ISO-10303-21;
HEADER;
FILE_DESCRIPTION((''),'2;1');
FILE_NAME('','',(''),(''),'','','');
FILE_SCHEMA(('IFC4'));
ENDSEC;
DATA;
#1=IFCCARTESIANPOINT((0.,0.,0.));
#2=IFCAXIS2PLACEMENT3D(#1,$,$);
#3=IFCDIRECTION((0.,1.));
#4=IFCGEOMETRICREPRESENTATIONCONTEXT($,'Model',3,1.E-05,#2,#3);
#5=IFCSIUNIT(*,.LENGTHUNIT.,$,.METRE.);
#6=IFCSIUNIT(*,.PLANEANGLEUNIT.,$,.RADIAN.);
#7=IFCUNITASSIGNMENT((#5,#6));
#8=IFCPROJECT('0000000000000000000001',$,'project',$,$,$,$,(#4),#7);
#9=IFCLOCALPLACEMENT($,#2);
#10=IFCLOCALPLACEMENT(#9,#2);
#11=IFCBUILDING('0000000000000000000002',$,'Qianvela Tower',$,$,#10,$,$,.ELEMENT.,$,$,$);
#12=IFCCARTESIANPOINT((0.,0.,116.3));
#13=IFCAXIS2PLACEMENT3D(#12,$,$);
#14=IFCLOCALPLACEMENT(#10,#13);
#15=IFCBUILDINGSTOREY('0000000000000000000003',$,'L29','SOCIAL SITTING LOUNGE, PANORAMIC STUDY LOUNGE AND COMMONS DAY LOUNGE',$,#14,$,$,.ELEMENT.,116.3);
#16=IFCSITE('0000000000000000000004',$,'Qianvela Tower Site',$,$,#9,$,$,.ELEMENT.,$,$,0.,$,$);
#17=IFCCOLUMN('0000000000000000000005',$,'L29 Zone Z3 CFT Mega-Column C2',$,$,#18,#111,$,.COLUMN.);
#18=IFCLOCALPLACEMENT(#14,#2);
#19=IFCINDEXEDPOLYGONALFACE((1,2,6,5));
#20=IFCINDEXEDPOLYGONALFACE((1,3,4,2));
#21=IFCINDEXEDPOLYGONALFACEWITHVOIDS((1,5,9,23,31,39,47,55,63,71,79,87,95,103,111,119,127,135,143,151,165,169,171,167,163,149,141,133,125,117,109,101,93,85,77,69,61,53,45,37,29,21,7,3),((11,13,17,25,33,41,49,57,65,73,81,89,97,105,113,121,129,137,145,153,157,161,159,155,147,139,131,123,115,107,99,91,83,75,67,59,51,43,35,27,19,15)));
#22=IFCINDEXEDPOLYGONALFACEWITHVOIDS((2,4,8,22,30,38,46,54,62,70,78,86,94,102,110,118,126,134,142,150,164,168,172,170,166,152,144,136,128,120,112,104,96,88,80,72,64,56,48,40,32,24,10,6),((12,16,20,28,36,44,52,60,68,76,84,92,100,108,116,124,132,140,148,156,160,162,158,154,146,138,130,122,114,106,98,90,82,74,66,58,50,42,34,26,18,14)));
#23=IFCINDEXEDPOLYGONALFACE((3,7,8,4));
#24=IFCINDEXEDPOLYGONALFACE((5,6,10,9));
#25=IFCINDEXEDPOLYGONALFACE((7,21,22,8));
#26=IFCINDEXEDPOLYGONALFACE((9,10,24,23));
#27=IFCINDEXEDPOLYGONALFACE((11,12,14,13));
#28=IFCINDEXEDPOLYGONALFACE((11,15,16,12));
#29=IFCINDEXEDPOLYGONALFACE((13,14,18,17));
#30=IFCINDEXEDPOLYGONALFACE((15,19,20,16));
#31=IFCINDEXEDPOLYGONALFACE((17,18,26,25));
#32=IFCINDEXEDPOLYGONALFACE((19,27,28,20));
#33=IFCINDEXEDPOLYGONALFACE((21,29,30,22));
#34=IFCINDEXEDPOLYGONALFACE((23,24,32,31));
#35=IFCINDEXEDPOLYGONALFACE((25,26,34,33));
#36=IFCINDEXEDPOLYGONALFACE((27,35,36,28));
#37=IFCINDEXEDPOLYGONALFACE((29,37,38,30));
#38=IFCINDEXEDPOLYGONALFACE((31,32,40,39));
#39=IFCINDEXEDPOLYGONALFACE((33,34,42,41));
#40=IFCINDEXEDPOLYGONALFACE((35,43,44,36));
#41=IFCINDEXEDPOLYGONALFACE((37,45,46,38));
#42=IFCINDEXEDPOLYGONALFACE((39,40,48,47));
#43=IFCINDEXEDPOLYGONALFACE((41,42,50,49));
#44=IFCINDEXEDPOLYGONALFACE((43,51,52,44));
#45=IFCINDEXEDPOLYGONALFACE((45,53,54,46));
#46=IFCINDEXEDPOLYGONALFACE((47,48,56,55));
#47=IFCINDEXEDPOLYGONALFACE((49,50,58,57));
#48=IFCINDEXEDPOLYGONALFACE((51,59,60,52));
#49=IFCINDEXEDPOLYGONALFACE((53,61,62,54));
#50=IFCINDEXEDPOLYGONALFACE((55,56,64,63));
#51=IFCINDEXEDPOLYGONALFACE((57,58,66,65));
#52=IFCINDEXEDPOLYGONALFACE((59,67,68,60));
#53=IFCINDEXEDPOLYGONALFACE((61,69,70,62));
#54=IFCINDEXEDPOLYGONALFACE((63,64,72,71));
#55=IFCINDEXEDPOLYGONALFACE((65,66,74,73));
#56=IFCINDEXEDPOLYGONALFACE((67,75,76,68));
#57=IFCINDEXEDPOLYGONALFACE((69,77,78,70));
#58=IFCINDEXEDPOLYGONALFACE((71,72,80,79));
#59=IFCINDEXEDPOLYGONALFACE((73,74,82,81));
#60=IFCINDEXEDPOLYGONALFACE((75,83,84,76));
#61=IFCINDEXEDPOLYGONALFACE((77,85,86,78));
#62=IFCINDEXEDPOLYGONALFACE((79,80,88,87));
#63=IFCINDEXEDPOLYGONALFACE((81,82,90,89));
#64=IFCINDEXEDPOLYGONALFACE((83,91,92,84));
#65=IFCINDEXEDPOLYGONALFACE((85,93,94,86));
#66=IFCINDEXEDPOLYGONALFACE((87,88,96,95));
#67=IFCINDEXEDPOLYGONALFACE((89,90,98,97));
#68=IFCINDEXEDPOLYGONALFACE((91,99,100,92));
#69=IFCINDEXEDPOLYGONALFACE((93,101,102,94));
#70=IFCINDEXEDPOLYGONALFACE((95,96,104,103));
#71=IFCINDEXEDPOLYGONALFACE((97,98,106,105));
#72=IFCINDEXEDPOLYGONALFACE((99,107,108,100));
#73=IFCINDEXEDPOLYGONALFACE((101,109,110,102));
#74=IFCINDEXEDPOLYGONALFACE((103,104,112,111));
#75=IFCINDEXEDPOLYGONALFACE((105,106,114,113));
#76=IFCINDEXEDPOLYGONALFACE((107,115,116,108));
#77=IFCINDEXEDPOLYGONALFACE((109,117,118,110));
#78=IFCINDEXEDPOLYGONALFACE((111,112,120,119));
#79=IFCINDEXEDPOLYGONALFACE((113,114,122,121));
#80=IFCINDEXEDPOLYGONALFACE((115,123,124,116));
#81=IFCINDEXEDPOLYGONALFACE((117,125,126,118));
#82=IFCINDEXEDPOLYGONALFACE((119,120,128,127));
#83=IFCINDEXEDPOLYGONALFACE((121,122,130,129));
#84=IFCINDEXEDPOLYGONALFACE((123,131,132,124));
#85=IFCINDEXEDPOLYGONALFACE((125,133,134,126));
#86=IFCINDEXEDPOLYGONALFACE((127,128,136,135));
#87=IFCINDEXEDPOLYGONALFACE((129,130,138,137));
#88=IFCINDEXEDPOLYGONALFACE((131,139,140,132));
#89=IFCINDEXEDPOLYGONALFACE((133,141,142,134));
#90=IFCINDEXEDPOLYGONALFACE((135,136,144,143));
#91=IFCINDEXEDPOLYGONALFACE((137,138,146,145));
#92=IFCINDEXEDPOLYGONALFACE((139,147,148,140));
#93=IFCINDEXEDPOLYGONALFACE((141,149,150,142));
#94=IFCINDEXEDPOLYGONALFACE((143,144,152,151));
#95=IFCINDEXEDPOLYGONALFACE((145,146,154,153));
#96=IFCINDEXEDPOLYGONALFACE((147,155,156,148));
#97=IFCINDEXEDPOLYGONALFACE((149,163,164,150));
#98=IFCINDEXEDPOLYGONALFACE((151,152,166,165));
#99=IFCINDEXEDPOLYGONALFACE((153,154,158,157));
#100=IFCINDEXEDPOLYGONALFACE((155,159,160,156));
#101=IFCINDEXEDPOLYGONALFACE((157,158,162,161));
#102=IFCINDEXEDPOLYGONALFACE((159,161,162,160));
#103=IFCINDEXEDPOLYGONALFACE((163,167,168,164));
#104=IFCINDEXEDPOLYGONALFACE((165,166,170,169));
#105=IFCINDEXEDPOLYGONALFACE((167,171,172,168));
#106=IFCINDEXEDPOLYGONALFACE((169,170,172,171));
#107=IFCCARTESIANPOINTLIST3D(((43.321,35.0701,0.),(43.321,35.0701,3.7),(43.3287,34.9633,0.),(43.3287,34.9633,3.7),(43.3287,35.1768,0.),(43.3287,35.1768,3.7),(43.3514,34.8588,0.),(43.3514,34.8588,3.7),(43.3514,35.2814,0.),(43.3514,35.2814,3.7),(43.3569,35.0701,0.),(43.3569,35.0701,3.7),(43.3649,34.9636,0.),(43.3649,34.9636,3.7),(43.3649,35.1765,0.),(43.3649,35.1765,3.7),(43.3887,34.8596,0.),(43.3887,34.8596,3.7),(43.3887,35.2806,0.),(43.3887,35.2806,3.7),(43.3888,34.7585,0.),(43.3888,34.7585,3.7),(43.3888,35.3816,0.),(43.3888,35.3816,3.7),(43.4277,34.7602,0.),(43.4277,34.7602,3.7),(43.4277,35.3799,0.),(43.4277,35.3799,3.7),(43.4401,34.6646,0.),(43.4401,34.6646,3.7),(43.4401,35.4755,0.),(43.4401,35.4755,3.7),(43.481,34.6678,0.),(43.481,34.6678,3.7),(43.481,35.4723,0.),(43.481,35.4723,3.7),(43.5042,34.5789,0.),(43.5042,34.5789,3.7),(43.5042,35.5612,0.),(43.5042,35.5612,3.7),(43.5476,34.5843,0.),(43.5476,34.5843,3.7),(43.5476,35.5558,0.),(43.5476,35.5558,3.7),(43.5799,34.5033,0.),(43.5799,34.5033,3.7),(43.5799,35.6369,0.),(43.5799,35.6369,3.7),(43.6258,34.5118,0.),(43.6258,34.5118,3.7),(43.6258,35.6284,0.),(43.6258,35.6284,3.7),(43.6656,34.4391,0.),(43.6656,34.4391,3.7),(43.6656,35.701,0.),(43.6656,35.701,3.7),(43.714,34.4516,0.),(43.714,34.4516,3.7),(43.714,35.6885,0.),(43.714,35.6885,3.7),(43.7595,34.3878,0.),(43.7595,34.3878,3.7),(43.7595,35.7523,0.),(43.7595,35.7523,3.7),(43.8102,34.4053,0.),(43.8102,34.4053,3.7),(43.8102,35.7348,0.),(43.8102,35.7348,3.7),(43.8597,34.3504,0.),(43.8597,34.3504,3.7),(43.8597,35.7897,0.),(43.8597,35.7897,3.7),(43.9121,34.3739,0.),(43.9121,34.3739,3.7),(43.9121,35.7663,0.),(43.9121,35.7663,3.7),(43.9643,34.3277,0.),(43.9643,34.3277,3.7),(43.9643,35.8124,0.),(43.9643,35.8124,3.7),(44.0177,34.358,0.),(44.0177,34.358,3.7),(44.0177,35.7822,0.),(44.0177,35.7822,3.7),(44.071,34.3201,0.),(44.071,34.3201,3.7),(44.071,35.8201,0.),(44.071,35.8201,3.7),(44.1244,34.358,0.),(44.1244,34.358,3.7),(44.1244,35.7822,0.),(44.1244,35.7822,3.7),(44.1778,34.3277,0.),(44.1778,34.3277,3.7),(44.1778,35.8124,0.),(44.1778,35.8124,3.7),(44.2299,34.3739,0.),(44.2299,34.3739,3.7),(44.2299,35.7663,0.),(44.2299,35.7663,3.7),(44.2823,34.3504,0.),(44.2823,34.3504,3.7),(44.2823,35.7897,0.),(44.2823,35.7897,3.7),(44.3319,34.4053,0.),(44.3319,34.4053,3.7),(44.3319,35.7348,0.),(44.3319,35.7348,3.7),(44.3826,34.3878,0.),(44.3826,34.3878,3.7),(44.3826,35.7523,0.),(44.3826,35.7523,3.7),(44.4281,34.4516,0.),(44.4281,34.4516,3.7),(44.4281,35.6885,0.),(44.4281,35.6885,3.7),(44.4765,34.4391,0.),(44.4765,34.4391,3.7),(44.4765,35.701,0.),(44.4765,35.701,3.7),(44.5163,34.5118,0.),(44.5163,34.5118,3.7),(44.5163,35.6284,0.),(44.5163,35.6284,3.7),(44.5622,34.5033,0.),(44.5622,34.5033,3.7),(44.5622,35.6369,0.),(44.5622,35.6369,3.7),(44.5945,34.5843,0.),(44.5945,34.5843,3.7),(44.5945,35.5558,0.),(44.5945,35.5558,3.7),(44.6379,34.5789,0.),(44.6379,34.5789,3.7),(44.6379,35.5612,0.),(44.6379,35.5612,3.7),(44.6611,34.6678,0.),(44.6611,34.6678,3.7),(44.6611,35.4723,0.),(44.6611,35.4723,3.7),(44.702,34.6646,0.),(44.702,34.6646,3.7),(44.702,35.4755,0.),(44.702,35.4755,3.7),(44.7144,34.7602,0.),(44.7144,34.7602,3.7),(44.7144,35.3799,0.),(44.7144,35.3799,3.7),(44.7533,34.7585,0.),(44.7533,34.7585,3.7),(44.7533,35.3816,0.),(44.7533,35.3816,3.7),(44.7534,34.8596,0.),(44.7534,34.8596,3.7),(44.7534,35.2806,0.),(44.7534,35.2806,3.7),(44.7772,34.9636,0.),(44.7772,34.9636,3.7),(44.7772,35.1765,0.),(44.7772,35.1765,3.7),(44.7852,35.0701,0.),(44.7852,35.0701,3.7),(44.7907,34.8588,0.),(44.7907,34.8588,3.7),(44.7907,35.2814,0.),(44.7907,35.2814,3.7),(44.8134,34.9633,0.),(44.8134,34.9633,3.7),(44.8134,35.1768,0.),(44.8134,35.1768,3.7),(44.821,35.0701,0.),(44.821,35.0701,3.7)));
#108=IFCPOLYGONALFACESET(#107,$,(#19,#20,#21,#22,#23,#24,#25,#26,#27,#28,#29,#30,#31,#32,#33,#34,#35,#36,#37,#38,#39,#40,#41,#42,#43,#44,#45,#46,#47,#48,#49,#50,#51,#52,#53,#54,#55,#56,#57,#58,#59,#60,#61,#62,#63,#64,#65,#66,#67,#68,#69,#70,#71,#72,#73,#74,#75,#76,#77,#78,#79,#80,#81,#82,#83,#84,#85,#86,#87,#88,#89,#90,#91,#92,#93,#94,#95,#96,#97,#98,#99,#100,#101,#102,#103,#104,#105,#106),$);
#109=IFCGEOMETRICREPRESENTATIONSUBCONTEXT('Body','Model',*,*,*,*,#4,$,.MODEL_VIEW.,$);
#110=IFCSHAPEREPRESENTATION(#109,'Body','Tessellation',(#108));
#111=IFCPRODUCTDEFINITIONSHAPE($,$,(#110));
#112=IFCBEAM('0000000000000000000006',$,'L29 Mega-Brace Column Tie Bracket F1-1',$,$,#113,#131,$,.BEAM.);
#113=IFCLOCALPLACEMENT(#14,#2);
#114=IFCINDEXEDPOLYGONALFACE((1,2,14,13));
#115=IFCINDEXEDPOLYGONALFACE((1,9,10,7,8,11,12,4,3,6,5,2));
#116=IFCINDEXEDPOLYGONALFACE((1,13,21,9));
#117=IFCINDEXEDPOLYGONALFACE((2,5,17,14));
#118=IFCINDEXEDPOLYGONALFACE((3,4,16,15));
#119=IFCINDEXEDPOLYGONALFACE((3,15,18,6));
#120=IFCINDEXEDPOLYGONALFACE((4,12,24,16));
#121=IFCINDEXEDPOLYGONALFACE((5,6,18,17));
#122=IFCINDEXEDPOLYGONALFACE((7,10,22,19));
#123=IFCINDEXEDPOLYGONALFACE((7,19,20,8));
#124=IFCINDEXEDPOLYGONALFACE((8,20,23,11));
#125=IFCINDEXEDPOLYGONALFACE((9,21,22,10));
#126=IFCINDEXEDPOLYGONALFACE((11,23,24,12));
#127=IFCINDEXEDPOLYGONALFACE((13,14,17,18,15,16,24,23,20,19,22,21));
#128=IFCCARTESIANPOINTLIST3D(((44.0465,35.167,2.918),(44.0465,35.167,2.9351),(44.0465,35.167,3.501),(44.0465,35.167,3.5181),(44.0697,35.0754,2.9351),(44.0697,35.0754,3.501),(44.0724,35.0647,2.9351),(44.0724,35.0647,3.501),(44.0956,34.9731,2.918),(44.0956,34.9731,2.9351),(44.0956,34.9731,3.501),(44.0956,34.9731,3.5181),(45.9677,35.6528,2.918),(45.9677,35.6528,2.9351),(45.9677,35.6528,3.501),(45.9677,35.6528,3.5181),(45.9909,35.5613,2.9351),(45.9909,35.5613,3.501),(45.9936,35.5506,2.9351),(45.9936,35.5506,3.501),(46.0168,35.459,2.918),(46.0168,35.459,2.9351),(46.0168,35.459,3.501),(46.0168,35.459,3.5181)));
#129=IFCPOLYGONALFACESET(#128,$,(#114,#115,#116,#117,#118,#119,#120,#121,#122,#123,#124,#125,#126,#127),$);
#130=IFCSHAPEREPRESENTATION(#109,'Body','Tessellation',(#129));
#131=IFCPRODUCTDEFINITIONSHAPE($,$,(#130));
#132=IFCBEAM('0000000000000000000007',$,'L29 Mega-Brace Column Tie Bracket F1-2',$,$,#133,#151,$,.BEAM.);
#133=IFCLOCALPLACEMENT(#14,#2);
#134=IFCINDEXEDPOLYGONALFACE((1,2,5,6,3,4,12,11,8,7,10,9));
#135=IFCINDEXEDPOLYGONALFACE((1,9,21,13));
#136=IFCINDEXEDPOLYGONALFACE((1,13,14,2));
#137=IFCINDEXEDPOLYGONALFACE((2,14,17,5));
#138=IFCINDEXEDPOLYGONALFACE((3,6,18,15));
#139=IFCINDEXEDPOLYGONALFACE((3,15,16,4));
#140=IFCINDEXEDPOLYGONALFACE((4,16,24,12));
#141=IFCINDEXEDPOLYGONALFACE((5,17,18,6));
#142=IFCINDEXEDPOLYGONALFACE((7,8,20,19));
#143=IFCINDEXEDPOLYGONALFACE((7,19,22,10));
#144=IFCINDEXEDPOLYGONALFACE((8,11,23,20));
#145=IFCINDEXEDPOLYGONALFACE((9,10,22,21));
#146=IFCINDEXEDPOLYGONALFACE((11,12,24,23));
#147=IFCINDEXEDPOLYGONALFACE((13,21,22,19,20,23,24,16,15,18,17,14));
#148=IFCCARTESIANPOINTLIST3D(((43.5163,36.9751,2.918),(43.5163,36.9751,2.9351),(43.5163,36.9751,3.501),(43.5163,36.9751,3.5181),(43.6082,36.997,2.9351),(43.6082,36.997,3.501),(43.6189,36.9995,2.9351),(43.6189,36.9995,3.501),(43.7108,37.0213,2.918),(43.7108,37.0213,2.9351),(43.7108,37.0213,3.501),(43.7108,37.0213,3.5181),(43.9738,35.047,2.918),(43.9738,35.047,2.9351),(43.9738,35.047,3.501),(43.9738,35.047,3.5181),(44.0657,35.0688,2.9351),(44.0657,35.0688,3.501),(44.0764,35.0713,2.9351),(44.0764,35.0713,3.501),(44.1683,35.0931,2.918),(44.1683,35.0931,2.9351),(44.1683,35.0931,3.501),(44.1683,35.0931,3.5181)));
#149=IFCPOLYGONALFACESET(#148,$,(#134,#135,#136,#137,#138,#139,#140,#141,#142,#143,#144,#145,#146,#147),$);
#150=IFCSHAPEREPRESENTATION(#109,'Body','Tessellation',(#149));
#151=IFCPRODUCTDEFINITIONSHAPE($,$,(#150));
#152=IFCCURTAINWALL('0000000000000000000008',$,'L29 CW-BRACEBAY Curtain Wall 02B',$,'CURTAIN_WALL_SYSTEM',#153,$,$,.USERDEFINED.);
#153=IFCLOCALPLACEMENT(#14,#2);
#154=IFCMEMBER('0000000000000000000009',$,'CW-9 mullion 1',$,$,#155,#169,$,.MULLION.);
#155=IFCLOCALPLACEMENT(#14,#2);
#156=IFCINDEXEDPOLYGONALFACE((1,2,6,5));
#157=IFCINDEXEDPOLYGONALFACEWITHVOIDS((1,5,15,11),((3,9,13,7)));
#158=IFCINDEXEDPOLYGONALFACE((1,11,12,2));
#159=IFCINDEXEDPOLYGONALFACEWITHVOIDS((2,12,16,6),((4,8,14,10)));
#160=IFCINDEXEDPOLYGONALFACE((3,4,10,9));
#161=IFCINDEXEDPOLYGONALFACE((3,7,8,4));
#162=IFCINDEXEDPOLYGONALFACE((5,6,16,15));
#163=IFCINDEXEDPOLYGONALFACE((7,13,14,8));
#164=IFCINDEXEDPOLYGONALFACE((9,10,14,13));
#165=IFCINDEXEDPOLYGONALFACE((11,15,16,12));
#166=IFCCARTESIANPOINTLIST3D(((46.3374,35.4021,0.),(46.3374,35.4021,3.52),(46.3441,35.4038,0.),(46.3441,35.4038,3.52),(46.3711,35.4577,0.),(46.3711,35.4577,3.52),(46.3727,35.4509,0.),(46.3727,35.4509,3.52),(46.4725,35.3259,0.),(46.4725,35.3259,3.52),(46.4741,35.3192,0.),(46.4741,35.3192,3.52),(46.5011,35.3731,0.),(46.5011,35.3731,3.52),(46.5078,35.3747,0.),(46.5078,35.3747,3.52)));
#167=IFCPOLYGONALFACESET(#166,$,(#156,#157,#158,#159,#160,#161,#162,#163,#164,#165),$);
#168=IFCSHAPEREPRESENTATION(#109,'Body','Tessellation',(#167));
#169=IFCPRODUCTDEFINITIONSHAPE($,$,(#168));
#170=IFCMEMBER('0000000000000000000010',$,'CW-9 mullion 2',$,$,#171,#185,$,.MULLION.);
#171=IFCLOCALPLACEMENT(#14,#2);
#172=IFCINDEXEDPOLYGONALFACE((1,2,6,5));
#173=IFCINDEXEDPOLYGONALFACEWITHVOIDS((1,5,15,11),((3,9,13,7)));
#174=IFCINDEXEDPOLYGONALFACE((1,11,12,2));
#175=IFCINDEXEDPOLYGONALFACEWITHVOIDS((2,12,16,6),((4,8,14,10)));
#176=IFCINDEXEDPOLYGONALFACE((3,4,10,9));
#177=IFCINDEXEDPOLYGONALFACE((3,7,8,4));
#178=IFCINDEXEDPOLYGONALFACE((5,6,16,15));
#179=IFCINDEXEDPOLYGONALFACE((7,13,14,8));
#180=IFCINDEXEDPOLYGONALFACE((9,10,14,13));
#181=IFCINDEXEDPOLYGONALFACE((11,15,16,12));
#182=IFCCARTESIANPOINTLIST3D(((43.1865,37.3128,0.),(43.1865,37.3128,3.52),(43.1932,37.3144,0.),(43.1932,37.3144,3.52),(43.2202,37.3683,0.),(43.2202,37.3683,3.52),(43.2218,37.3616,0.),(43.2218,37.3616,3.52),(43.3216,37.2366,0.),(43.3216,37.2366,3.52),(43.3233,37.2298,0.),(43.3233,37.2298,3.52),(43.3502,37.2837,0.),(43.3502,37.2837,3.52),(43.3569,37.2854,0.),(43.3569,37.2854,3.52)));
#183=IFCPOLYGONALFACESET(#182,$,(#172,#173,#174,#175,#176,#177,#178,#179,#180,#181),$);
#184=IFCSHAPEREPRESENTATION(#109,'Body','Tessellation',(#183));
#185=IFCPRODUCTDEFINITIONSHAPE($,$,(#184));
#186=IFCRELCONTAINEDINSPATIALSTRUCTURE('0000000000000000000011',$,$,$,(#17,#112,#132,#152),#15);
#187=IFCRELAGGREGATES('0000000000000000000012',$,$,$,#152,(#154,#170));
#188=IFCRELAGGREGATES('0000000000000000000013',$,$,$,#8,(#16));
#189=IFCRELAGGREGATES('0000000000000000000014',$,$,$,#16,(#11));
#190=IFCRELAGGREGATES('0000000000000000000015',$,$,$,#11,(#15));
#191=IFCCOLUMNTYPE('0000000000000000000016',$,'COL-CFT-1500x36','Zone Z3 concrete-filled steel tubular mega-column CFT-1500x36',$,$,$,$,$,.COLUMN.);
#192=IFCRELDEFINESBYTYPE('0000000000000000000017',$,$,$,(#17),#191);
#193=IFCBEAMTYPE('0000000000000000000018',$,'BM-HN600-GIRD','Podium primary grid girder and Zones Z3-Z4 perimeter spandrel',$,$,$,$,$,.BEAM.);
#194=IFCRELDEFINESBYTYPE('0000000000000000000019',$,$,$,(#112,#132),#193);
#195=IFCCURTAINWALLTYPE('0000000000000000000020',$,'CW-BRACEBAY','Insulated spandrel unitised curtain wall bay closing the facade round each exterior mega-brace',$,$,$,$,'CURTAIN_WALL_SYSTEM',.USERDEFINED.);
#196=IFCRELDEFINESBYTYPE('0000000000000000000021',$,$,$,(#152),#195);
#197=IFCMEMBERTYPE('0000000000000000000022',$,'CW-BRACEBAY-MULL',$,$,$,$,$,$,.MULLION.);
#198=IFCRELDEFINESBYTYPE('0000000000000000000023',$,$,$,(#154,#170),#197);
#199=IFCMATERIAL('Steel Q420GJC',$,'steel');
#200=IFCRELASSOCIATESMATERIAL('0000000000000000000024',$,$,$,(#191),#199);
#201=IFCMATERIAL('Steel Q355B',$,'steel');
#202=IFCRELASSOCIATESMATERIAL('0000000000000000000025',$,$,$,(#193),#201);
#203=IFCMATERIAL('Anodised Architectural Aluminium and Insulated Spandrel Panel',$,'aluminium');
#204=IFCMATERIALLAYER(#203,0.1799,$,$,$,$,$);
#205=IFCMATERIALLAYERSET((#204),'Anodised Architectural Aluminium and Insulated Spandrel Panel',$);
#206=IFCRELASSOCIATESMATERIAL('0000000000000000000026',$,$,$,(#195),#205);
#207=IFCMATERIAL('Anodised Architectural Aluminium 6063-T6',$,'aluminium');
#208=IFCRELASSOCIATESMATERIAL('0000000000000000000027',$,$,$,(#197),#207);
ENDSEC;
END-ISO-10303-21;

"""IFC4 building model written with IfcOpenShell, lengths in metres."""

from ifc_helpers import new_model, si_unit, direction, frame, origin, origin_2d, place, context, subcontext, project, spatial, hollow_rectangle, hollow_circle, i_section, extrude, material, layer, layer_set, material_profile, profile_set, type_object, element, aggregate, save


model = new_model("IFC4")

# Units and contexts
model_context = context("Model", 3, precision=1e-05, world=origin(), true_north=direction((0.0, 1.0)))
body_context = subcontext(model_context, "Body", "Model", "MODEL_VIEW")
ifc_project = project(units=[si_unit("LENGTHUNIT", "METRE"), si_unit("PLANEANGLEUNIT", "RADIAN")], contexts=[model_context])

# Site, building, storey
site_placement = place(None, origin())
site = spatial("IfcSite", under=ifc_project, at=site_placement, Name="Qianvela Tower Site", CompositionType="ELEMENT", RefElevation=0.0)
building_placement = place(site_placement, origin())
building = spatial("IfcBuilding", under=site, at=building_placement, Name="Qianvela Tower", CompositionType="ELEMENT")
storey_placement = place(building_placement, frame((0.0, 0.0, 116.3)))
storey = spatial("IfcBuildingStorey", under=building, at=storey_placement, Name="L29", Description="SOCIAL SITTING LOUNGE, PANORAMIC STUDY LOUNGE AND COMMONS DAY LOUNGE", CompositionType="ELEMENT", Elevation=116.3)

# Column
ifc_material_1 = material(Name="Steel Q420GJC", Category="steel")
ifc_material_profile_1 = material_profile(ifc_material_1, hollow_circle(Radius=0.75, WallThickness=0.0359, at=origin_2d()), Name="CFT-1500x36")
ifc_profile_set_1 = profile_set([ifc_material_profile_1], Name="Steel Q420GJC")
column_type = type_object("IfcColumnType", Name="COL-CFT-1500x36", Description="Zone Z3 concrete-filled steel tubular mega-column CFT-1500x36", PredefinedType="COLUMN", material=ifc_profile_set_1)
column_placement = place(storey_placement, frame((44.071, 35.0701, 0.0), z_axis=(0.0, 0.0, 1.0), x_axis=(1.0, 0.0, 0.0)))
element("IfcColumn", 1, at=column_placement, inside=storey, type_object=column_type, Name="L29 Zone Z3 CFT Mega-Column C2", PredefinedType="COLUMN", context=body_context, shape_type="SweptSolid", body=[
    extrude(hollow_circle(Radius=0.75, WallThickness=0.0359, at=origin_2d()), origin(), (0.0, 0.0, 1.0), 3.7),
])

# Beams
ifc_material_2 = material(Name="Steel Q355B", Category="steel")
ifc_material_profile_2 = material_profile(ifc_material_2, i_section(OverallWidth=0.2, OverallDepth=0.6001, WebThickness=0.011, FlangeThickness=0.0171, at=origin_2d()), Name="HN600x200x11x17")
ifc_profile_set_2 = profile_set([ifc_material_profile_2], Name="Steel Q355B")
beam_type = type_object("IfcBeamType", Name="BM-HN600-GIRD", Description="Podium primary grid girder and Zones Z3-Z4 perimeter spandrel", PredefinedType="BEAM", material=ifc_profile_set_2)
for number, where, z_axis, x_axis, name in (
    (2, (44.071, 35.0701, 3.218), (0.969479, 0.245173, 0.0), (-0.245173, 0.969479, 0.0), "L29 Mega-Brace Column Tie Bracket F1-1"),
    (3, (44.071, 35.0701, 3.218), (-0.230865, 0.972986, 0.0), (-0.972986, -0.230865, 0.0), "L29 Mega-Brace Column Tie Bracket F1-2"),
):
    element("IfcBeam", number, at=place(storey_placement, frame(where, z_axis=z_axis, x_axis=x_axis)), inside=storey, type_object=beam_type, Name=name, PredefinedType="BEAM", context=body_context, shape_type="SweptSolid", body=[
        extrude(i_section(OverallWidth=0.2, OverallDepth=0.6001, WebThickness=0.011, FlangeThickness=0.0171, at=origin_2d()), origin(), (0.0, 0.0, 1.0), 1.9817),
    ])

# Curtain wall, members
ifc_material_3 = material(Name="Anodised Architectural Aluminium and Insulated Spandrel Panel", Category="aluminium")
ifc_layer_1 = layer(ifc_material_3, 0.1799)
ifc_layer_set_1 = layer_set([ifc_layer_1], Name="Anodised Architectural Aluminium and Insulated Spandrel Panel")
curtain_wall_type_1 = type_object("IfcCurtainWallType", Name="CW-BRACEBAY", Description="Insulated spandrel unitised curtain wall bay closing the facade round each exterior mega-brace", ElementType="CURTAIN_WALL_SYSTEM", PredefinedType="USERDEFINED", material=ifc_layer_set_1)
curtain_wall_1_placement = place(storey_placement, origin())
curtain_wall_1 = element("IfcCurtainWall", 4, at=curtain_wall_1_placement, inside=storey, type_object=curtain_wall_type_1, Name="L29 CW-BRACEBAY Curtain Wall 02B", ObjectType="CURTAIN_WALL_SYSTEM", PredefinedType="USERDEFINED")
ifc_material_4 = material(Name="Anodised Architectural Aluminium 6063-T6", Category="aluminium")
ifc_material_profile_3 = material_profile(ifc_material_4, hollow_rectangle(XDim=0.0649, YDim=0.1599, WallThickness=0.0049, at=origin_2d()), Name="ALU-MULL-65x160")
ifc_profile_set_3 = profile_set([ifc_material_profile_3], Name="Anodised Architectural Aluminium 6063-T6")
member_type_1 = type_object("IfcMemberType", Name="CW-BRACEBAY-MULL", PredefinedType="MULLION", material=ifc_profile_set_3)
member_1_placement = place(storey_placement, frame((46.4226, 35.3884, 0.0), z_axis=(0.0, 0.0, 1.0), x_axis=(-0.518529, -0.85506, 0.0)))
member_1 = element("IfcMember", 5, at=member_1_placement, type_object=member_type_1, Name="CW-9 mullion 1", PredefinedType="MULLION", context=body_context, shape_type="SweptSolid", body=[
    extrude(hollow_rectangle(XDim=0.0649, YDim=0.1599, WallThickness=0.0049, at=origin_2d()), origin(), (0.0, 0.0, 1.0), 3.52),
])
member_2_placement = place(storey_placement, frame((43.2717, 37.2991, 0.0), z_axis=(0.0, 0.0, 1.0), x_axis=(-0.518529, -0.85506, 0.0)))
member_2 = element("IfcMember", 6, at=member_2_placement, type_object=member_type_1, Name="CW-9 mullion 2", PredefinedType="MULLION", context=body_context, shape_type="SweptSolid", body=[
    extrude(hollow_rectangle(XDim=0.0649, YDim=0.1599, WallThickness=0.0049, at=origin_2d()), origin(), (0.0, 0.0, 1.0), 3.52),
])

aggregate(curtain_wall_1, [member_1, member_2])

save(model, "model.ifc")
